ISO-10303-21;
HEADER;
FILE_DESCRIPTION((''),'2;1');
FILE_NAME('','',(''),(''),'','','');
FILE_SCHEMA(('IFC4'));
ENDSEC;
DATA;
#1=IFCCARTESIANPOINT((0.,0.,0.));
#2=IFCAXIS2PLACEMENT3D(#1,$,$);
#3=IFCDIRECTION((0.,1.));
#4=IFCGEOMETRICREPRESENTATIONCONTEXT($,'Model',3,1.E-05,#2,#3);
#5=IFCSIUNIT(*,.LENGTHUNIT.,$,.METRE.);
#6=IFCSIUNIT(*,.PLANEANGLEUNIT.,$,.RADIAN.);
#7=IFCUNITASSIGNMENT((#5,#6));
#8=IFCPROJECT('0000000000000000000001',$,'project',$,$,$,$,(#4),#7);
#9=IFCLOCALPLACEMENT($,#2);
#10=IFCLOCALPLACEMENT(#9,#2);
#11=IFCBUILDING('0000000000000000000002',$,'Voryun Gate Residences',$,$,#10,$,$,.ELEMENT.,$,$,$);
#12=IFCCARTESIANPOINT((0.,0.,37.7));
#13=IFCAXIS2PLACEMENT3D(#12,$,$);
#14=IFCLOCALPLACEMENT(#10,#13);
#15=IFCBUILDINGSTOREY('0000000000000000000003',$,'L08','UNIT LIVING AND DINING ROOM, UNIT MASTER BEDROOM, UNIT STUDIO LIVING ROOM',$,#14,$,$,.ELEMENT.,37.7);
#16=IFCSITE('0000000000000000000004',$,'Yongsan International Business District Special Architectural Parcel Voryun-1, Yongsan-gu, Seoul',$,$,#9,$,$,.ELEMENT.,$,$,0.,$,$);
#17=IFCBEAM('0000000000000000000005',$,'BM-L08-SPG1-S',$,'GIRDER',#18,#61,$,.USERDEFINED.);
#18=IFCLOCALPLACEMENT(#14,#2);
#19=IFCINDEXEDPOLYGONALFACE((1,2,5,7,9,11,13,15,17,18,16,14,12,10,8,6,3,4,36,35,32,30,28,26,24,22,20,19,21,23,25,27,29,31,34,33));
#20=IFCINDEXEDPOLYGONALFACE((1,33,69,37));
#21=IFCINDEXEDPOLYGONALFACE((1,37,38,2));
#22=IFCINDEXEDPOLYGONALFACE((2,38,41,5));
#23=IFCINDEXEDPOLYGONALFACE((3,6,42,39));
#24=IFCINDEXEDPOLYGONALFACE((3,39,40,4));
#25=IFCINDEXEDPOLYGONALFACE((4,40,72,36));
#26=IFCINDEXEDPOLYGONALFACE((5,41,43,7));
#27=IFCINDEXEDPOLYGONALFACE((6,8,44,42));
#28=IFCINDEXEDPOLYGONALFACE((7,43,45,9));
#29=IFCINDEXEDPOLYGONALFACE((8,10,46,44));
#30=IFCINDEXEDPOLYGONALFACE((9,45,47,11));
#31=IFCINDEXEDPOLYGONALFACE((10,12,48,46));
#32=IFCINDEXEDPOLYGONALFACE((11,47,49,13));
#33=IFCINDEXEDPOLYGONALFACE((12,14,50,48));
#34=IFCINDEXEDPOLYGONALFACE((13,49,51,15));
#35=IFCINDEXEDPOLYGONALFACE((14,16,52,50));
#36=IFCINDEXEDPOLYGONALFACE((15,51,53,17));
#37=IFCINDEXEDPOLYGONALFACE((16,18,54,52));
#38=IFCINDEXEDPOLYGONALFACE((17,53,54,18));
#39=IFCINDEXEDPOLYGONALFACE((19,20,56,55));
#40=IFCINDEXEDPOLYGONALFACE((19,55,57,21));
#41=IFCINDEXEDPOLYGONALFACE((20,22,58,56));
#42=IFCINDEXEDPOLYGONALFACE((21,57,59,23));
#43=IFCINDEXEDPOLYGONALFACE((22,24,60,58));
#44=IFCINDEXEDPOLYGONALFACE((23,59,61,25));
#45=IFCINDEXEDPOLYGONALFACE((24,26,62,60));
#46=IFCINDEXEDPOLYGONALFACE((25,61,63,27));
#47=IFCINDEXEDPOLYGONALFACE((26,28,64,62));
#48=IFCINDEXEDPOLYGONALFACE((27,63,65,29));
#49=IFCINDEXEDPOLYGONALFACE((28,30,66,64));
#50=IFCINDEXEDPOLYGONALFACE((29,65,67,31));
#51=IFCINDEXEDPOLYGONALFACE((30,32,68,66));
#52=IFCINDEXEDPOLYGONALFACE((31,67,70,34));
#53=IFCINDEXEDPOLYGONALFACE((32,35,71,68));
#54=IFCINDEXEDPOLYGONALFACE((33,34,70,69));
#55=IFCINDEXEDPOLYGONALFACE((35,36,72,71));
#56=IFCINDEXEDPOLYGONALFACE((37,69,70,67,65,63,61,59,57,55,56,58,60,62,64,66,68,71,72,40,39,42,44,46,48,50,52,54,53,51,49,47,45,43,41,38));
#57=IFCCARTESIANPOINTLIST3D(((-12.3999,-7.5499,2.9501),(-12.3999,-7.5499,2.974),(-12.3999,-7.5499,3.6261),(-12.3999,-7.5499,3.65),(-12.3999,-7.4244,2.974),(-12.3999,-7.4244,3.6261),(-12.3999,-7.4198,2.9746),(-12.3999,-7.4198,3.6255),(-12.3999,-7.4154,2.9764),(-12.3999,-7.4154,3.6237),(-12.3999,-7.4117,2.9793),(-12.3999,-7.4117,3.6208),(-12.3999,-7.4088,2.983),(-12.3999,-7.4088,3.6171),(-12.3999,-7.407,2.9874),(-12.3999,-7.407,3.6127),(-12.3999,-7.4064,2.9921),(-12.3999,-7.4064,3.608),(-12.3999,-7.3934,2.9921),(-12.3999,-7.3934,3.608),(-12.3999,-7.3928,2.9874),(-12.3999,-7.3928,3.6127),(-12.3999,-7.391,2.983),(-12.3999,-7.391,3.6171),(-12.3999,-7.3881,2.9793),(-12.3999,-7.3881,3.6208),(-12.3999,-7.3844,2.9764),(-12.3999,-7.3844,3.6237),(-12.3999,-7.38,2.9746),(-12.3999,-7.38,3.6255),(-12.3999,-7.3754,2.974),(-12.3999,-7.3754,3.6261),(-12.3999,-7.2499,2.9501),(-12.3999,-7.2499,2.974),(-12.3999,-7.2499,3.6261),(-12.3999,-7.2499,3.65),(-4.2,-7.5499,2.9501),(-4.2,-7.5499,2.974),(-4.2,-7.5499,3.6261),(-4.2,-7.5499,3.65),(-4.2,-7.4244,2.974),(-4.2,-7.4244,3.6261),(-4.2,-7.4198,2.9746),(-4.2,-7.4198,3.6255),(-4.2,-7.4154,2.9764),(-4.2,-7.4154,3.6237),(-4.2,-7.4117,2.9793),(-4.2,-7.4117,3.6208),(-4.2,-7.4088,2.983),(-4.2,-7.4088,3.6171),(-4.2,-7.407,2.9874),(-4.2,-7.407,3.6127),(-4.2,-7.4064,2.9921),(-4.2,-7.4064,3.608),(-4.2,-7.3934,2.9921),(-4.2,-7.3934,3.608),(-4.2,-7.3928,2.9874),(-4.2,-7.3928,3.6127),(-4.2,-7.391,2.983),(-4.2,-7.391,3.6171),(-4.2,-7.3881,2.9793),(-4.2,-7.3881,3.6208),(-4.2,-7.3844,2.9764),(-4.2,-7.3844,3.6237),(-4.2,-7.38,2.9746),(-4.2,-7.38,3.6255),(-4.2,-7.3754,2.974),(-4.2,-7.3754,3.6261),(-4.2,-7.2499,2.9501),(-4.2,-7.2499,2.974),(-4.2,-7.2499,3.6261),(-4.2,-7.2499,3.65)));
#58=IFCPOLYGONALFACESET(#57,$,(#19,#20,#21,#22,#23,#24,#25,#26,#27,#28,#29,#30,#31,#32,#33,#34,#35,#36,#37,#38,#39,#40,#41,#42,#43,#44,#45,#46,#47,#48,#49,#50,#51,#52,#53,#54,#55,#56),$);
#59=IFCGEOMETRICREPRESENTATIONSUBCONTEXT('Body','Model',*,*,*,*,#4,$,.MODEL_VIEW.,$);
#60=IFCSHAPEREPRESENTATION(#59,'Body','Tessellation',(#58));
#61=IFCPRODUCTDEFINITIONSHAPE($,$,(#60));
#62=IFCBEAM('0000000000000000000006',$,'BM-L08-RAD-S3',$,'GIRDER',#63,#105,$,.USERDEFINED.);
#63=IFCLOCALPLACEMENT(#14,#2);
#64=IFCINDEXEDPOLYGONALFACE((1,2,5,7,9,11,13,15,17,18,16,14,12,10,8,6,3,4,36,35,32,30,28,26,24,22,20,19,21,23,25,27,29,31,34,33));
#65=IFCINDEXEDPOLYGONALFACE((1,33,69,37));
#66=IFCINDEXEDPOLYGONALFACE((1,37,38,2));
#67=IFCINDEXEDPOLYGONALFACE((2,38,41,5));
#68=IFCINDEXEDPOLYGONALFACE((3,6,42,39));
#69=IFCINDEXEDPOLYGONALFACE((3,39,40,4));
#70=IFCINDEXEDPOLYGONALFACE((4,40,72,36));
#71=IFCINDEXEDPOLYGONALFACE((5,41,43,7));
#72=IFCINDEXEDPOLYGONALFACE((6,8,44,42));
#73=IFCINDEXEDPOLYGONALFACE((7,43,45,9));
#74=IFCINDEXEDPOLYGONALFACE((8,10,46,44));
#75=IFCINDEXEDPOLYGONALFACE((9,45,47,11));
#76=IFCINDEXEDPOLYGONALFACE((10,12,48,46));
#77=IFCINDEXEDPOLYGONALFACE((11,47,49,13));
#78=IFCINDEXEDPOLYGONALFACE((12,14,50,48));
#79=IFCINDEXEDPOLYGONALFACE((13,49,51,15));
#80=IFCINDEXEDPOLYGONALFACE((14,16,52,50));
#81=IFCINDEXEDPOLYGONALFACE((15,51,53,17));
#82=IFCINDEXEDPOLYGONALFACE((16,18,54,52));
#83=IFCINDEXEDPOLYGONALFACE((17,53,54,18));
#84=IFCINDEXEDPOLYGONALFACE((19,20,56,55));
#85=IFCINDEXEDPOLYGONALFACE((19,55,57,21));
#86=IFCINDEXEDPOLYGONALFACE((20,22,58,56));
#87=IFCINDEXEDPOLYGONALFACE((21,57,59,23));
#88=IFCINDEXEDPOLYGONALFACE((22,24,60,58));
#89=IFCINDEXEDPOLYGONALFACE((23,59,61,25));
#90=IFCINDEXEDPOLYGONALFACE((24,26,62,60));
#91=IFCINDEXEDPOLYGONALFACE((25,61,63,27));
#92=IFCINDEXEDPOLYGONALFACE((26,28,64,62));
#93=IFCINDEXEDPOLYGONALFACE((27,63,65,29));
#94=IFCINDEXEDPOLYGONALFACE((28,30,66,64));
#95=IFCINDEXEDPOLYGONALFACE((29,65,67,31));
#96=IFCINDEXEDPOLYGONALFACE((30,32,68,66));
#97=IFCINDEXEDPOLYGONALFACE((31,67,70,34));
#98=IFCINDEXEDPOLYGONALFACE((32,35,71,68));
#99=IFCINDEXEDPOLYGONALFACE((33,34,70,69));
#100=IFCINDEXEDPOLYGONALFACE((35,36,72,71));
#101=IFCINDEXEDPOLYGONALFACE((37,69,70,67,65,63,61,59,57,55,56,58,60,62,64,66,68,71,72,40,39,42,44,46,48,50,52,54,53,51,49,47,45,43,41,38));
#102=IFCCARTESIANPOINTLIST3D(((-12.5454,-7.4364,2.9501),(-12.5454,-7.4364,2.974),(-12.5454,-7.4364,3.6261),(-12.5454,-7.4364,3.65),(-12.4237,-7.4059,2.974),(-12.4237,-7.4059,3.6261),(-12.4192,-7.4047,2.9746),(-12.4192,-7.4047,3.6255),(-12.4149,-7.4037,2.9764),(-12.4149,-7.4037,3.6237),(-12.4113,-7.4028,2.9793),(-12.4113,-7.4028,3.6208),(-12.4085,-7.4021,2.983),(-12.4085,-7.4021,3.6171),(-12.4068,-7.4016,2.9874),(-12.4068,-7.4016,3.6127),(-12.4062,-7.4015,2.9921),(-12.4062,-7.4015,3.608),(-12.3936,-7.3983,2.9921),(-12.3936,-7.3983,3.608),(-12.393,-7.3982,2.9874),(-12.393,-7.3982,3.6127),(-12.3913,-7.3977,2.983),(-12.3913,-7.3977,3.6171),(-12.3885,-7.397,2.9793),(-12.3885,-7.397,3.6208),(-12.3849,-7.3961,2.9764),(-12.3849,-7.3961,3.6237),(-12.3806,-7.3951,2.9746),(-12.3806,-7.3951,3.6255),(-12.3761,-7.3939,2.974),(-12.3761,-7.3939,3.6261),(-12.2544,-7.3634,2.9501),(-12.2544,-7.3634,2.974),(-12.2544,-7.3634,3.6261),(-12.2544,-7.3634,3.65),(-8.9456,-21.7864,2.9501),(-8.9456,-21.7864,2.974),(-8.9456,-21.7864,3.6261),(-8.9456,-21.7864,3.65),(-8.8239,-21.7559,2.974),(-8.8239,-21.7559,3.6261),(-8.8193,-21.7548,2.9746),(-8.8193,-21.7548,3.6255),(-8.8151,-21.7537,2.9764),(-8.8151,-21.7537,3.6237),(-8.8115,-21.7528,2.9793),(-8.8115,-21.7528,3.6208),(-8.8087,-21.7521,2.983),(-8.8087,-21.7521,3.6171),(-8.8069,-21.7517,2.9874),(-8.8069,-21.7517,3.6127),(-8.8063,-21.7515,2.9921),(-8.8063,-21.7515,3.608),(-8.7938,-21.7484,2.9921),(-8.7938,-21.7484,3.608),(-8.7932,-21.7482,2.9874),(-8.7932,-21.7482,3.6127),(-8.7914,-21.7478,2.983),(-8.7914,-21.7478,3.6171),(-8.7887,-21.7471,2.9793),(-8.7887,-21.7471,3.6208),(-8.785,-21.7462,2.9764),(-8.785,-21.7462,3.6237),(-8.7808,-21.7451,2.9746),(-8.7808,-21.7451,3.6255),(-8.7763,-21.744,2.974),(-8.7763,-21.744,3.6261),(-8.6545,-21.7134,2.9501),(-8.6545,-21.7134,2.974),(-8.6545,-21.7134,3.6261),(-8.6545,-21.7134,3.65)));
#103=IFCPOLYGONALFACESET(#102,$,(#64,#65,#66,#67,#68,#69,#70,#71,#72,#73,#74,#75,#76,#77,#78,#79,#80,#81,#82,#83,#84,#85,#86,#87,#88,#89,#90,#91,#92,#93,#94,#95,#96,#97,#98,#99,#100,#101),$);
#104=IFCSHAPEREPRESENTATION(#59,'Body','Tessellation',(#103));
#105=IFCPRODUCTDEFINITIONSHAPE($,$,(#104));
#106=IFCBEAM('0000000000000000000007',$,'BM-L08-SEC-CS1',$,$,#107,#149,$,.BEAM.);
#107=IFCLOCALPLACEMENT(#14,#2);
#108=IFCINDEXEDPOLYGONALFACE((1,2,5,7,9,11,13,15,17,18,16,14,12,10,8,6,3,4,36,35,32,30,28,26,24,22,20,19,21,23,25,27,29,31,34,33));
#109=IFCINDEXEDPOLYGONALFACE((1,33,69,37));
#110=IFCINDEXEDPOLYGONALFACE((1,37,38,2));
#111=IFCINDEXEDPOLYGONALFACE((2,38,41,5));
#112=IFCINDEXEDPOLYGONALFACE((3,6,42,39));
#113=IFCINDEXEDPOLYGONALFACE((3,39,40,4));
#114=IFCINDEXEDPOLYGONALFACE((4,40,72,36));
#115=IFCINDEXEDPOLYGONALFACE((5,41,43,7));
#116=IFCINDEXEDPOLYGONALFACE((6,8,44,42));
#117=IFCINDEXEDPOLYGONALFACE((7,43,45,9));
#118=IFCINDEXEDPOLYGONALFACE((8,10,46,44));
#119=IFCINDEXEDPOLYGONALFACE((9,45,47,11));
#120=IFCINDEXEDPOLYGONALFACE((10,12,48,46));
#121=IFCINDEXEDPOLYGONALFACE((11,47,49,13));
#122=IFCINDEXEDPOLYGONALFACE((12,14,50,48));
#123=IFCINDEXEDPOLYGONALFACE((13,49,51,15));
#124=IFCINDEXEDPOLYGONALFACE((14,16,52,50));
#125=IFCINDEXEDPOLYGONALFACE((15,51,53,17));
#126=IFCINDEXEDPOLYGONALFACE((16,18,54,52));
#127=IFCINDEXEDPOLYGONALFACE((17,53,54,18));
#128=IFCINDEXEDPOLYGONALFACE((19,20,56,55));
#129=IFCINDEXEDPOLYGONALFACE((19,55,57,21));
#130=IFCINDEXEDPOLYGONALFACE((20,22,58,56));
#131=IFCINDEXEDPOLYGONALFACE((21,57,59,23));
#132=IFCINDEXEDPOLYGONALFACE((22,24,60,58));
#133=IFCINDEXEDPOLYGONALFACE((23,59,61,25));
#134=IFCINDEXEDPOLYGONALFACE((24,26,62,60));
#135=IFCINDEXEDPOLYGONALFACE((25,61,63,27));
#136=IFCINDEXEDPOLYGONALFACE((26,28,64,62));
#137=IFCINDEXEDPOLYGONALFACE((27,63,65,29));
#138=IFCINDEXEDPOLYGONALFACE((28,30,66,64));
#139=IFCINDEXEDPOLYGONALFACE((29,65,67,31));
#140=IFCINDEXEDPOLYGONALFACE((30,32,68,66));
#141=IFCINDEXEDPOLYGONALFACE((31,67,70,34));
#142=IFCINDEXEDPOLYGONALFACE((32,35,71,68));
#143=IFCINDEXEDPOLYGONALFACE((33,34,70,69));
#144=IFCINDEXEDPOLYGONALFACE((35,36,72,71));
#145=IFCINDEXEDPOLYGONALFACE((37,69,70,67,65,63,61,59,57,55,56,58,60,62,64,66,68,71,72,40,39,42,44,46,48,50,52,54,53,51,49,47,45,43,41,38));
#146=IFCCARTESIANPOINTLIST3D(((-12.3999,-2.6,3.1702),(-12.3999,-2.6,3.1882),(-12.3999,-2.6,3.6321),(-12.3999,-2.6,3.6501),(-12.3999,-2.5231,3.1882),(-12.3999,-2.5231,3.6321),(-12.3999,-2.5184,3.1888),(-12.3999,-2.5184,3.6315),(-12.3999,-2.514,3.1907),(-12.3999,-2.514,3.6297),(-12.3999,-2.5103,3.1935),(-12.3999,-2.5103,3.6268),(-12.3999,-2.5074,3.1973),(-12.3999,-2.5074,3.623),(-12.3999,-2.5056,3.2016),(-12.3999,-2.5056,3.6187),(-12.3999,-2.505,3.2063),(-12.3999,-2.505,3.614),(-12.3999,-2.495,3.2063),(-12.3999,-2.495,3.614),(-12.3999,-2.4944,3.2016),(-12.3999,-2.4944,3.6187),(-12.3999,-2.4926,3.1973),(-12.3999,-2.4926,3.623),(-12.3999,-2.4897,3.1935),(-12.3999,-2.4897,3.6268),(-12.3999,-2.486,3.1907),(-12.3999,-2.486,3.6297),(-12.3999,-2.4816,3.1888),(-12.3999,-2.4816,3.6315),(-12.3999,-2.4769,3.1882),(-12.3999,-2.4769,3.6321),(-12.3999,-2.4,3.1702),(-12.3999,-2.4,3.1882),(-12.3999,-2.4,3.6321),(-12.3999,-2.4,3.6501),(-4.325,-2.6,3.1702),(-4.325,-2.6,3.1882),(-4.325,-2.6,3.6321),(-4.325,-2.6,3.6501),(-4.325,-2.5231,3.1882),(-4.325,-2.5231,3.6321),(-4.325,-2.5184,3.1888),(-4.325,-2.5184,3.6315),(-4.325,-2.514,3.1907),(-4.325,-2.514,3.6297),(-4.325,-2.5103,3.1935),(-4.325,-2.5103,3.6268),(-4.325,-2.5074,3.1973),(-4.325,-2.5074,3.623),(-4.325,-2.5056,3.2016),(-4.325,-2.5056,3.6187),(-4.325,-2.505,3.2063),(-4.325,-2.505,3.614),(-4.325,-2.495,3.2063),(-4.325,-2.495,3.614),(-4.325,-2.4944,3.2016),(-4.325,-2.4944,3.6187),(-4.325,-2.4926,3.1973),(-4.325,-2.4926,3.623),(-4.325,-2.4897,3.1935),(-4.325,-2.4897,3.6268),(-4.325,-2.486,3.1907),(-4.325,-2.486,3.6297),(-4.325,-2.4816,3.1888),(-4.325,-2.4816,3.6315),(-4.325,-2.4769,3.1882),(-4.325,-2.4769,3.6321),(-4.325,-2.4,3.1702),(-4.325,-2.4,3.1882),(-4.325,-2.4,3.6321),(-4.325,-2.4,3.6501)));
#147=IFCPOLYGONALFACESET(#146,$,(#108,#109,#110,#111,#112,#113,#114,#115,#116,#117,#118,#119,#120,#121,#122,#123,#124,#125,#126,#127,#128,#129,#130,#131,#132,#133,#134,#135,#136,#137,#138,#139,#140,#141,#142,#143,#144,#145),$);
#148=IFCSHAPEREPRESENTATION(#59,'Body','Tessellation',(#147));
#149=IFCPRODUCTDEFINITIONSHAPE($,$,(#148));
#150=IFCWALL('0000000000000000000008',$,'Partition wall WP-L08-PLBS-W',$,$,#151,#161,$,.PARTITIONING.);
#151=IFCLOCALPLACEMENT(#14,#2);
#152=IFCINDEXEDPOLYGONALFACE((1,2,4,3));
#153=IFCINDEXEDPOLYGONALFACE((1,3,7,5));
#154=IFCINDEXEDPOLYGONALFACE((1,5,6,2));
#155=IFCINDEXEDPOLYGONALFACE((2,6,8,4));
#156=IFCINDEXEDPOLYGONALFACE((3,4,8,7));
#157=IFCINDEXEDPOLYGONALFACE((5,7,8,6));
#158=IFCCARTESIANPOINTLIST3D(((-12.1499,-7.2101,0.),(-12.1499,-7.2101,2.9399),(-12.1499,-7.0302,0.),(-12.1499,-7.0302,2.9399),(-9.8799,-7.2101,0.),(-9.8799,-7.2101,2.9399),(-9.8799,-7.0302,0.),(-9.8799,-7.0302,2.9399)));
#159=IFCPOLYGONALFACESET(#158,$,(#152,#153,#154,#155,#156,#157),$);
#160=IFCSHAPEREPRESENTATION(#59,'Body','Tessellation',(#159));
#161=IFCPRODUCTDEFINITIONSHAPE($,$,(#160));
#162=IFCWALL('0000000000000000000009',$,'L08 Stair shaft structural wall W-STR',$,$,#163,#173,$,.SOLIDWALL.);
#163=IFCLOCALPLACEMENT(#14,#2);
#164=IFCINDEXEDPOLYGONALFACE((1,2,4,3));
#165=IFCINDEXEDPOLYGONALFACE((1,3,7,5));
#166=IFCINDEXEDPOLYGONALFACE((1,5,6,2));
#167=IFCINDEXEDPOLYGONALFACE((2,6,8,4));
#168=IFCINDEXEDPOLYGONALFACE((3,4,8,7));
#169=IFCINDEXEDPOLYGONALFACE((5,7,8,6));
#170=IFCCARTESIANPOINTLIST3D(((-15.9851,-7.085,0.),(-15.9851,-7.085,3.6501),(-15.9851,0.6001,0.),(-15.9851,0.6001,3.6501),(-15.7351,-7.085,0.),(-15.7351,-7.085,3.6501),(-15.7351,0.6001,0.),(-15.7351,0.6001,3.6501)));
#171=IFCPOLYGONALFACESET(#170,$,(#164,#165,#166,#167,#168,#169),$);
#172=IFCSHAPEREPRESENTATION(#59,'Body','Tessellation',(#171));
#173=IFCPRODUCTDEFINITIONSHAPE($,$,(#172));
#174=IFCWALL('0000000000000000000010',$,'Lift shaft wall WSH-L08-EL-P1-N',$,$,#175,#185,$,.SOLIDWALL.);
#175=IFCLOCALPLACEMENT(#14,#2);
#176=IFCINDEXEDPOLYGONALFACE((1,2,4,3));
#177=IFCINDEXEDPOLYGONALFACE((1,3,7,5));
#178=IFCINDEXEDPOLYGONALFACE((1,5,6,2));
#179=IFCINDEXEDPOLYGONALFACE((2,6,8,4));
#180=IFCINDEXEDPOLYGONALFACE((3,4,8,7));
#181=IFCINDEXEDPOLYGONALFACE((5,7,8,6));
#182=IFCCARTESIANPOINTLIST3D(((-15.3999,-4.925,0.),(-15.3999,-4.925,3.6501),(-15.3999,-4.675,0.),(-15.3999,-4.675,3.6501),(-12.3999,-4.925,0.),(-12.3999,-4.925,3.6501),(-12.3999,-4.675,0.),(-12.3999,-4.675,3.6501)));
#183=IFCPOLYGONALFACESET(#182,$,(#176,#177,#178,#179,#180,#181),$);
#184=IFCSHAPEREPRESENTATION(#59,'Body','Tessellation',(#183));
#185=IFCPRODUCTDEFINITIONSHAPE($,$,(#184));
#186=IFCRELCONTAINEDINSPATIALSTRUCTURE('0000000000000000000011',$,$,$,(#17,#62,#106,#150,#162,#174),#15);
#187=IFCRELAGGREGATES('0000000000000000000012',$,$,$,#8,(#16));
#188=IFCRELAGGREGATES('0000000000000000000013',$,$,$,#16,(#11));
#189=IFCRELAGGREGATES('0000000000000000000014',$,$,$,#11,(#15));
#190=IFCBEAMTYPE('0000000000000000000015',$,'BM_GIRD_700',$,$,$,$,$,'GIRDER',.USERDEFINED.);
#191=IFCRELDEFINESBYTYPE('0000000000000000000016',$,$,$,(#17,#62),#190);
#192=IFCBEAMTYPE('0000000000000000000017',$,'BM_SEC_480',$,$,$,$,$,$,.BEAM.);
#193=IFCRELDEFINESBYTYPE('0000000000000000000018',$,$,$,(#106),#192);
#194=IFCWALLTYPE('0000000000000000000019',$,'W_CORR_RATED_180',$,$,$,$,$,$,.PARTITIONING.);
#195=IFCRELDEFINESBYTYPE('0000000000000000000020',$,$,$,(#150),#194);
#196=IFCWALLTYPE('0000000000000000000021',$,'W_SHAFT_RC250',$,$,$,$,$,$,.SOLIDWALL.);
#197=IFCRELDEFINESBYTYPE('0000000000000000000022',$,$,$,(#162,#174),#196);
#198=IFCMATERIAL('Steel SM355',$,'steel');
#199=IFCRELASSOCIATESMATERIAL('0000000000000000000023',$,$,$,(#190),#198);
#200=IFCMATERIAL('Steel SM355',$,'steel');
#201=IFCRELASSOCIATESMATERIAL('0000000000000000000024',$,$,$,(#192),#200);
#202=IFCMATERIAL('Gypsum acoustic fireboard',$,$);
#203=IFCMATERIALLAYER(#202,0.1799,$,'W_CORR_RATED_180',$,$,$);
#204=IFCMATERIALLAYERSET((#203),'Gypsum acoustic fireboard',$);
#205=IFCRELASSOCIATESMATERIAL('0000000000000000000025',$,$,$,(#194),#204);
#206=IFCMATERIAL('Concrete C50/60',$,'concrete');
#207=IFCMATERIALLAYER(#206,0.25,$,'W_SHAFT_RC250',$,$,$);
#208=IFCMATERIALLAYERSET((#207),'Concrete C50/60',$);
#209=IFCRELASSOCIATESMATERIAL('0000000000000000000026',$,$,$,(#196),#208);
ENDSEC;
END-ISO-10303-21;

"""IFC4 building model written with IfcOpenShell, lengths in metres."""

from ifc_helpers import new_model, si_unit, direction, frame, frame_2d, origin, origin_2d, place, context, subcontext, project, spatial, rectangle, i_section, extrude, material, layer, layer_set, material_profile, profile_set, type_object, element, save


model = new_model("IFC4")

# Units and contexts
model_context = context("Model", 3, precision=1e-05, world=origin(), true_north=direction((0.0, 1.0)))
body_context = subcontext(model_context, "Body", "Model", "MODEL_VIEW")
ifc_project = project(units=[si_unit("LENGTHUNIT", "METRE"), si_unit("PLANEANGLEUNIT", "RADIAN")], contexts=[model_context])

# Site, building, storey
site_placement = place(None, origin())
site = spatial("IfcSite", under=ifc_project, at=site_placement, Name="Yongsan International Business District Special Architectural Parcel Voryun-1, Yongsan-gu, Seoul", CompositionType="ELEMENT", RefElevation=0.0)
building_placement = place(site_placement, origin())
building = spatial("IfcBuilding", under=site, at=building_placement, Name="Voryun Gate Residences", CompositionType="ELEMENT")
storey_placement = place(building_placement, frame((0.0, 0.0, 37.7)))
storey = spatial("IfcBuildingStorey", under=building, at=storey_placement, Name="L08", Description="UNIT LIVING AND DINING ROOM, UNIT MASTER BEDROOM, UNIT STUDIO LIVING ROOM", CompositionType="ELEMENT", Elevation=37.7)

# Beams
ifc_material_1 = material(Name="Steel SM355", Category="steel")
ifc_material_profile_1 = material_profile(ifc_material_1, i_section(OverallWidth=0.3, OverallDepth=0.7, WebThickness=0.0129, FlangeThickness=0.0239, FilletRadius=0.0181, at=origin_2d()), Name="H-700x300x13x24")
ifc_profile_set_1 = profile_set([ifc_material_profile_1], Name="Steel SM355")
beam_type_1 = type_object("IfcBeamType", Name="BM_GIRD_700", ElementType="GIRDER", PredefinedType="USERDEFINED", material=ifc_profile_set_1)
beam_1_placement = place(storey_placement, frame((-12.3999, -7.3999, 3.3), z_axis=(1.0, 0.0, 0.0), x_axis=(0.0, 1.0, 0.0)))
element("IfcBeam", 1, at=beam_1_placement, inside=storey, type_object=beam_type_1, Name="BM-L08-SPG1-S", ObjectType="GIRDER", PredefinedType="USERDEFINED", context=body_context, shape_type="SweptSolid", body=[
    extrude(i_section(OverallWidth=0.3, OverallDepth=0.7, WebThickness=0.0129, FlangeThickness=0.0239, FilletRadius=0.0181, at=origin_2d()), origin(), (0.0, 0.0, 1.0), 8.2),
])
beam_2_placement = place(storey_placement, frame((-12.3999, -7.3999, 3.3), z_axis=(0.24332, -0.969946, 0.0), x_axis=(0.969946, 0.24332, 0.0)))
element("IfcBeam", 2, at=beam_2_placement, inside=storey, type_object=beam_type_1, Name="BM-L08-RAD-S3", ObjectType="GIRDER", PredefinedType="USERDEFINED", context=body_context, shape_type="SweptSolid", body=[
    extrude(i_section(OverallWidth=0.3, OverallDepth=0.7, WebThickness=0.0129, FlangeThickness=0.0239, FilletRadius=0.0181, at=origin_2d()), origin(), (0.0, 0.0, 1.0), 14.7947),
])
ifc_material_2 = material(Name="Steel SM355", Category="steel")
ifc_material_profile_2 = material_profile(ifc_material_2, i_section(OverallWidth=0.2, OverallDepth=0.48, WebThickness=0.01, FlangeThickness=0.0181, FilletRadius=0.0181, at=origin_2d()), Name="H-480x200x10x18")
ifc_profile_set_2 = profile_set([ifc_material_profile_2], Name="Steel SM355")
beam_type_2 = type_object("IfcBeamType", Name="BM_SEC_480", PredefinedType="BEAM", material=ifc_profile_set_2)
beam_3_placement = place(storey_placement, frame((-12.3999, -2.5, 3.4102), z_axis=(1.0, 0.0, 0.0), x_axis=(0.0, 1.0, 0.0)))
element("IfcBeam", 3, at=beam_3_placement, inside=storey, type_object=beam_type_2, Name="BM-L08-SEC-CS1", PredefinedType="BEAM", context=body_context, shape_type="SweptSolid", body=[
    extrude(i_section(OverallWidth=0.2, OverallDepth=0.48, WebThickness=0.01, FlangeThickness=0.0181, FilletRadius=0.0181, at=origin_2d()), origin(), (0.0, 0.0, 1.0), 8.075),
])

# Walls
ifc_material_3 = material(Name="Gypsum acoustic fireboard")
ifc_layer_1 = layer(ifc_material_3, 0.1799, Name="W_CORR_RATED_180")
ifc_layer_set_1 = layer_set([ifc_layer_1], Name="Gypsum acoustic fireboard")
wall_type_1 = type_object("IfcWallType", Name="W_CORR_RATED_180", PredefinedType="PARTITIONING", material=ifc_layer_set_1)
wall_1_placement = place(storey_placement, frame((-12.1499, -7.1201, 0.0), z_axis=(0.0, 0.0, 1.0), x_axis=(1.0, 0.0, 0.0)))
element("IfcWall", 4, at=wall_1_placement, inside=storey, type_object=wall_type_1, Name="Partition wall WP-L08-PLBS-W", PredefinedType="PARTITIONING", context=body_context, shape_type="SweptSolid", body=[
    extrude(rectangle(XDim=2.27, YDim=0.1799, at=frame_2d((1.135, 0.0))), origin(), (0.0, 0.0, 1.0), 2.9399),
])
ifc_material_4 = material(Name="Concrete C50/60", Category="concrete")
ifc_layer_2 = layer(ifc_material_4, 0.25, Name="W_SHAFT_RC250")
ifc_layer_set_2 = layer_set([ifc_layer_2], Name="Concrete C50/60")
wall_type_2 = type_object("IfcWallType", Name="W_SHAFT_RC250", PredefinedType="SOLIDWALL", material=ifc_layer_set_2)
wall_2_placement = place(storey_placement, frame((-15.8601, -7.085, 0.0), z_axis=(0.0, 0.0, 1.0), x_axis=(0.0, 1.0, 0.0)))
element("IfcWall", 5, at=wall_2_placement, inside=storey, type_object=wall_type_2, Name="L08 Stair shaft structural wall W-STR", PredefinedType="SOLIDWALL", context=body_context, shape_type="SweptSolid", body=[
    extrude(rectangle(XDim=7.6851, YDim=0.25, at=frame_2d((3.8425, 0.0))), origin(), (0.0, 0.0, 1.0), 3.6501),
])
wall_3_placement = place(storey_placement, frame((-12.3999, -4.8, 0.0), z_axis=(0.0, 0.0, 1.0), x_axis=(-1.0, 0.0, 0.0)))
element("IfcWall", 6, at=wall_3_placement, inside=storey, type_object=wall_type_2, Name="Lift shaft wall WSH-L08-EL-P1-N", PredefinedType="SOLIDWALL", context=body_context, shape_type="SweptSolid", body=[
    extrude(rectangle(XDim=3.0, YDim=0.25, at=frame_2d((1.5, 0.0))), origin(), (0.0, 0.0, 1.0), 3.6501),
])

save(model, "model.ifc")
